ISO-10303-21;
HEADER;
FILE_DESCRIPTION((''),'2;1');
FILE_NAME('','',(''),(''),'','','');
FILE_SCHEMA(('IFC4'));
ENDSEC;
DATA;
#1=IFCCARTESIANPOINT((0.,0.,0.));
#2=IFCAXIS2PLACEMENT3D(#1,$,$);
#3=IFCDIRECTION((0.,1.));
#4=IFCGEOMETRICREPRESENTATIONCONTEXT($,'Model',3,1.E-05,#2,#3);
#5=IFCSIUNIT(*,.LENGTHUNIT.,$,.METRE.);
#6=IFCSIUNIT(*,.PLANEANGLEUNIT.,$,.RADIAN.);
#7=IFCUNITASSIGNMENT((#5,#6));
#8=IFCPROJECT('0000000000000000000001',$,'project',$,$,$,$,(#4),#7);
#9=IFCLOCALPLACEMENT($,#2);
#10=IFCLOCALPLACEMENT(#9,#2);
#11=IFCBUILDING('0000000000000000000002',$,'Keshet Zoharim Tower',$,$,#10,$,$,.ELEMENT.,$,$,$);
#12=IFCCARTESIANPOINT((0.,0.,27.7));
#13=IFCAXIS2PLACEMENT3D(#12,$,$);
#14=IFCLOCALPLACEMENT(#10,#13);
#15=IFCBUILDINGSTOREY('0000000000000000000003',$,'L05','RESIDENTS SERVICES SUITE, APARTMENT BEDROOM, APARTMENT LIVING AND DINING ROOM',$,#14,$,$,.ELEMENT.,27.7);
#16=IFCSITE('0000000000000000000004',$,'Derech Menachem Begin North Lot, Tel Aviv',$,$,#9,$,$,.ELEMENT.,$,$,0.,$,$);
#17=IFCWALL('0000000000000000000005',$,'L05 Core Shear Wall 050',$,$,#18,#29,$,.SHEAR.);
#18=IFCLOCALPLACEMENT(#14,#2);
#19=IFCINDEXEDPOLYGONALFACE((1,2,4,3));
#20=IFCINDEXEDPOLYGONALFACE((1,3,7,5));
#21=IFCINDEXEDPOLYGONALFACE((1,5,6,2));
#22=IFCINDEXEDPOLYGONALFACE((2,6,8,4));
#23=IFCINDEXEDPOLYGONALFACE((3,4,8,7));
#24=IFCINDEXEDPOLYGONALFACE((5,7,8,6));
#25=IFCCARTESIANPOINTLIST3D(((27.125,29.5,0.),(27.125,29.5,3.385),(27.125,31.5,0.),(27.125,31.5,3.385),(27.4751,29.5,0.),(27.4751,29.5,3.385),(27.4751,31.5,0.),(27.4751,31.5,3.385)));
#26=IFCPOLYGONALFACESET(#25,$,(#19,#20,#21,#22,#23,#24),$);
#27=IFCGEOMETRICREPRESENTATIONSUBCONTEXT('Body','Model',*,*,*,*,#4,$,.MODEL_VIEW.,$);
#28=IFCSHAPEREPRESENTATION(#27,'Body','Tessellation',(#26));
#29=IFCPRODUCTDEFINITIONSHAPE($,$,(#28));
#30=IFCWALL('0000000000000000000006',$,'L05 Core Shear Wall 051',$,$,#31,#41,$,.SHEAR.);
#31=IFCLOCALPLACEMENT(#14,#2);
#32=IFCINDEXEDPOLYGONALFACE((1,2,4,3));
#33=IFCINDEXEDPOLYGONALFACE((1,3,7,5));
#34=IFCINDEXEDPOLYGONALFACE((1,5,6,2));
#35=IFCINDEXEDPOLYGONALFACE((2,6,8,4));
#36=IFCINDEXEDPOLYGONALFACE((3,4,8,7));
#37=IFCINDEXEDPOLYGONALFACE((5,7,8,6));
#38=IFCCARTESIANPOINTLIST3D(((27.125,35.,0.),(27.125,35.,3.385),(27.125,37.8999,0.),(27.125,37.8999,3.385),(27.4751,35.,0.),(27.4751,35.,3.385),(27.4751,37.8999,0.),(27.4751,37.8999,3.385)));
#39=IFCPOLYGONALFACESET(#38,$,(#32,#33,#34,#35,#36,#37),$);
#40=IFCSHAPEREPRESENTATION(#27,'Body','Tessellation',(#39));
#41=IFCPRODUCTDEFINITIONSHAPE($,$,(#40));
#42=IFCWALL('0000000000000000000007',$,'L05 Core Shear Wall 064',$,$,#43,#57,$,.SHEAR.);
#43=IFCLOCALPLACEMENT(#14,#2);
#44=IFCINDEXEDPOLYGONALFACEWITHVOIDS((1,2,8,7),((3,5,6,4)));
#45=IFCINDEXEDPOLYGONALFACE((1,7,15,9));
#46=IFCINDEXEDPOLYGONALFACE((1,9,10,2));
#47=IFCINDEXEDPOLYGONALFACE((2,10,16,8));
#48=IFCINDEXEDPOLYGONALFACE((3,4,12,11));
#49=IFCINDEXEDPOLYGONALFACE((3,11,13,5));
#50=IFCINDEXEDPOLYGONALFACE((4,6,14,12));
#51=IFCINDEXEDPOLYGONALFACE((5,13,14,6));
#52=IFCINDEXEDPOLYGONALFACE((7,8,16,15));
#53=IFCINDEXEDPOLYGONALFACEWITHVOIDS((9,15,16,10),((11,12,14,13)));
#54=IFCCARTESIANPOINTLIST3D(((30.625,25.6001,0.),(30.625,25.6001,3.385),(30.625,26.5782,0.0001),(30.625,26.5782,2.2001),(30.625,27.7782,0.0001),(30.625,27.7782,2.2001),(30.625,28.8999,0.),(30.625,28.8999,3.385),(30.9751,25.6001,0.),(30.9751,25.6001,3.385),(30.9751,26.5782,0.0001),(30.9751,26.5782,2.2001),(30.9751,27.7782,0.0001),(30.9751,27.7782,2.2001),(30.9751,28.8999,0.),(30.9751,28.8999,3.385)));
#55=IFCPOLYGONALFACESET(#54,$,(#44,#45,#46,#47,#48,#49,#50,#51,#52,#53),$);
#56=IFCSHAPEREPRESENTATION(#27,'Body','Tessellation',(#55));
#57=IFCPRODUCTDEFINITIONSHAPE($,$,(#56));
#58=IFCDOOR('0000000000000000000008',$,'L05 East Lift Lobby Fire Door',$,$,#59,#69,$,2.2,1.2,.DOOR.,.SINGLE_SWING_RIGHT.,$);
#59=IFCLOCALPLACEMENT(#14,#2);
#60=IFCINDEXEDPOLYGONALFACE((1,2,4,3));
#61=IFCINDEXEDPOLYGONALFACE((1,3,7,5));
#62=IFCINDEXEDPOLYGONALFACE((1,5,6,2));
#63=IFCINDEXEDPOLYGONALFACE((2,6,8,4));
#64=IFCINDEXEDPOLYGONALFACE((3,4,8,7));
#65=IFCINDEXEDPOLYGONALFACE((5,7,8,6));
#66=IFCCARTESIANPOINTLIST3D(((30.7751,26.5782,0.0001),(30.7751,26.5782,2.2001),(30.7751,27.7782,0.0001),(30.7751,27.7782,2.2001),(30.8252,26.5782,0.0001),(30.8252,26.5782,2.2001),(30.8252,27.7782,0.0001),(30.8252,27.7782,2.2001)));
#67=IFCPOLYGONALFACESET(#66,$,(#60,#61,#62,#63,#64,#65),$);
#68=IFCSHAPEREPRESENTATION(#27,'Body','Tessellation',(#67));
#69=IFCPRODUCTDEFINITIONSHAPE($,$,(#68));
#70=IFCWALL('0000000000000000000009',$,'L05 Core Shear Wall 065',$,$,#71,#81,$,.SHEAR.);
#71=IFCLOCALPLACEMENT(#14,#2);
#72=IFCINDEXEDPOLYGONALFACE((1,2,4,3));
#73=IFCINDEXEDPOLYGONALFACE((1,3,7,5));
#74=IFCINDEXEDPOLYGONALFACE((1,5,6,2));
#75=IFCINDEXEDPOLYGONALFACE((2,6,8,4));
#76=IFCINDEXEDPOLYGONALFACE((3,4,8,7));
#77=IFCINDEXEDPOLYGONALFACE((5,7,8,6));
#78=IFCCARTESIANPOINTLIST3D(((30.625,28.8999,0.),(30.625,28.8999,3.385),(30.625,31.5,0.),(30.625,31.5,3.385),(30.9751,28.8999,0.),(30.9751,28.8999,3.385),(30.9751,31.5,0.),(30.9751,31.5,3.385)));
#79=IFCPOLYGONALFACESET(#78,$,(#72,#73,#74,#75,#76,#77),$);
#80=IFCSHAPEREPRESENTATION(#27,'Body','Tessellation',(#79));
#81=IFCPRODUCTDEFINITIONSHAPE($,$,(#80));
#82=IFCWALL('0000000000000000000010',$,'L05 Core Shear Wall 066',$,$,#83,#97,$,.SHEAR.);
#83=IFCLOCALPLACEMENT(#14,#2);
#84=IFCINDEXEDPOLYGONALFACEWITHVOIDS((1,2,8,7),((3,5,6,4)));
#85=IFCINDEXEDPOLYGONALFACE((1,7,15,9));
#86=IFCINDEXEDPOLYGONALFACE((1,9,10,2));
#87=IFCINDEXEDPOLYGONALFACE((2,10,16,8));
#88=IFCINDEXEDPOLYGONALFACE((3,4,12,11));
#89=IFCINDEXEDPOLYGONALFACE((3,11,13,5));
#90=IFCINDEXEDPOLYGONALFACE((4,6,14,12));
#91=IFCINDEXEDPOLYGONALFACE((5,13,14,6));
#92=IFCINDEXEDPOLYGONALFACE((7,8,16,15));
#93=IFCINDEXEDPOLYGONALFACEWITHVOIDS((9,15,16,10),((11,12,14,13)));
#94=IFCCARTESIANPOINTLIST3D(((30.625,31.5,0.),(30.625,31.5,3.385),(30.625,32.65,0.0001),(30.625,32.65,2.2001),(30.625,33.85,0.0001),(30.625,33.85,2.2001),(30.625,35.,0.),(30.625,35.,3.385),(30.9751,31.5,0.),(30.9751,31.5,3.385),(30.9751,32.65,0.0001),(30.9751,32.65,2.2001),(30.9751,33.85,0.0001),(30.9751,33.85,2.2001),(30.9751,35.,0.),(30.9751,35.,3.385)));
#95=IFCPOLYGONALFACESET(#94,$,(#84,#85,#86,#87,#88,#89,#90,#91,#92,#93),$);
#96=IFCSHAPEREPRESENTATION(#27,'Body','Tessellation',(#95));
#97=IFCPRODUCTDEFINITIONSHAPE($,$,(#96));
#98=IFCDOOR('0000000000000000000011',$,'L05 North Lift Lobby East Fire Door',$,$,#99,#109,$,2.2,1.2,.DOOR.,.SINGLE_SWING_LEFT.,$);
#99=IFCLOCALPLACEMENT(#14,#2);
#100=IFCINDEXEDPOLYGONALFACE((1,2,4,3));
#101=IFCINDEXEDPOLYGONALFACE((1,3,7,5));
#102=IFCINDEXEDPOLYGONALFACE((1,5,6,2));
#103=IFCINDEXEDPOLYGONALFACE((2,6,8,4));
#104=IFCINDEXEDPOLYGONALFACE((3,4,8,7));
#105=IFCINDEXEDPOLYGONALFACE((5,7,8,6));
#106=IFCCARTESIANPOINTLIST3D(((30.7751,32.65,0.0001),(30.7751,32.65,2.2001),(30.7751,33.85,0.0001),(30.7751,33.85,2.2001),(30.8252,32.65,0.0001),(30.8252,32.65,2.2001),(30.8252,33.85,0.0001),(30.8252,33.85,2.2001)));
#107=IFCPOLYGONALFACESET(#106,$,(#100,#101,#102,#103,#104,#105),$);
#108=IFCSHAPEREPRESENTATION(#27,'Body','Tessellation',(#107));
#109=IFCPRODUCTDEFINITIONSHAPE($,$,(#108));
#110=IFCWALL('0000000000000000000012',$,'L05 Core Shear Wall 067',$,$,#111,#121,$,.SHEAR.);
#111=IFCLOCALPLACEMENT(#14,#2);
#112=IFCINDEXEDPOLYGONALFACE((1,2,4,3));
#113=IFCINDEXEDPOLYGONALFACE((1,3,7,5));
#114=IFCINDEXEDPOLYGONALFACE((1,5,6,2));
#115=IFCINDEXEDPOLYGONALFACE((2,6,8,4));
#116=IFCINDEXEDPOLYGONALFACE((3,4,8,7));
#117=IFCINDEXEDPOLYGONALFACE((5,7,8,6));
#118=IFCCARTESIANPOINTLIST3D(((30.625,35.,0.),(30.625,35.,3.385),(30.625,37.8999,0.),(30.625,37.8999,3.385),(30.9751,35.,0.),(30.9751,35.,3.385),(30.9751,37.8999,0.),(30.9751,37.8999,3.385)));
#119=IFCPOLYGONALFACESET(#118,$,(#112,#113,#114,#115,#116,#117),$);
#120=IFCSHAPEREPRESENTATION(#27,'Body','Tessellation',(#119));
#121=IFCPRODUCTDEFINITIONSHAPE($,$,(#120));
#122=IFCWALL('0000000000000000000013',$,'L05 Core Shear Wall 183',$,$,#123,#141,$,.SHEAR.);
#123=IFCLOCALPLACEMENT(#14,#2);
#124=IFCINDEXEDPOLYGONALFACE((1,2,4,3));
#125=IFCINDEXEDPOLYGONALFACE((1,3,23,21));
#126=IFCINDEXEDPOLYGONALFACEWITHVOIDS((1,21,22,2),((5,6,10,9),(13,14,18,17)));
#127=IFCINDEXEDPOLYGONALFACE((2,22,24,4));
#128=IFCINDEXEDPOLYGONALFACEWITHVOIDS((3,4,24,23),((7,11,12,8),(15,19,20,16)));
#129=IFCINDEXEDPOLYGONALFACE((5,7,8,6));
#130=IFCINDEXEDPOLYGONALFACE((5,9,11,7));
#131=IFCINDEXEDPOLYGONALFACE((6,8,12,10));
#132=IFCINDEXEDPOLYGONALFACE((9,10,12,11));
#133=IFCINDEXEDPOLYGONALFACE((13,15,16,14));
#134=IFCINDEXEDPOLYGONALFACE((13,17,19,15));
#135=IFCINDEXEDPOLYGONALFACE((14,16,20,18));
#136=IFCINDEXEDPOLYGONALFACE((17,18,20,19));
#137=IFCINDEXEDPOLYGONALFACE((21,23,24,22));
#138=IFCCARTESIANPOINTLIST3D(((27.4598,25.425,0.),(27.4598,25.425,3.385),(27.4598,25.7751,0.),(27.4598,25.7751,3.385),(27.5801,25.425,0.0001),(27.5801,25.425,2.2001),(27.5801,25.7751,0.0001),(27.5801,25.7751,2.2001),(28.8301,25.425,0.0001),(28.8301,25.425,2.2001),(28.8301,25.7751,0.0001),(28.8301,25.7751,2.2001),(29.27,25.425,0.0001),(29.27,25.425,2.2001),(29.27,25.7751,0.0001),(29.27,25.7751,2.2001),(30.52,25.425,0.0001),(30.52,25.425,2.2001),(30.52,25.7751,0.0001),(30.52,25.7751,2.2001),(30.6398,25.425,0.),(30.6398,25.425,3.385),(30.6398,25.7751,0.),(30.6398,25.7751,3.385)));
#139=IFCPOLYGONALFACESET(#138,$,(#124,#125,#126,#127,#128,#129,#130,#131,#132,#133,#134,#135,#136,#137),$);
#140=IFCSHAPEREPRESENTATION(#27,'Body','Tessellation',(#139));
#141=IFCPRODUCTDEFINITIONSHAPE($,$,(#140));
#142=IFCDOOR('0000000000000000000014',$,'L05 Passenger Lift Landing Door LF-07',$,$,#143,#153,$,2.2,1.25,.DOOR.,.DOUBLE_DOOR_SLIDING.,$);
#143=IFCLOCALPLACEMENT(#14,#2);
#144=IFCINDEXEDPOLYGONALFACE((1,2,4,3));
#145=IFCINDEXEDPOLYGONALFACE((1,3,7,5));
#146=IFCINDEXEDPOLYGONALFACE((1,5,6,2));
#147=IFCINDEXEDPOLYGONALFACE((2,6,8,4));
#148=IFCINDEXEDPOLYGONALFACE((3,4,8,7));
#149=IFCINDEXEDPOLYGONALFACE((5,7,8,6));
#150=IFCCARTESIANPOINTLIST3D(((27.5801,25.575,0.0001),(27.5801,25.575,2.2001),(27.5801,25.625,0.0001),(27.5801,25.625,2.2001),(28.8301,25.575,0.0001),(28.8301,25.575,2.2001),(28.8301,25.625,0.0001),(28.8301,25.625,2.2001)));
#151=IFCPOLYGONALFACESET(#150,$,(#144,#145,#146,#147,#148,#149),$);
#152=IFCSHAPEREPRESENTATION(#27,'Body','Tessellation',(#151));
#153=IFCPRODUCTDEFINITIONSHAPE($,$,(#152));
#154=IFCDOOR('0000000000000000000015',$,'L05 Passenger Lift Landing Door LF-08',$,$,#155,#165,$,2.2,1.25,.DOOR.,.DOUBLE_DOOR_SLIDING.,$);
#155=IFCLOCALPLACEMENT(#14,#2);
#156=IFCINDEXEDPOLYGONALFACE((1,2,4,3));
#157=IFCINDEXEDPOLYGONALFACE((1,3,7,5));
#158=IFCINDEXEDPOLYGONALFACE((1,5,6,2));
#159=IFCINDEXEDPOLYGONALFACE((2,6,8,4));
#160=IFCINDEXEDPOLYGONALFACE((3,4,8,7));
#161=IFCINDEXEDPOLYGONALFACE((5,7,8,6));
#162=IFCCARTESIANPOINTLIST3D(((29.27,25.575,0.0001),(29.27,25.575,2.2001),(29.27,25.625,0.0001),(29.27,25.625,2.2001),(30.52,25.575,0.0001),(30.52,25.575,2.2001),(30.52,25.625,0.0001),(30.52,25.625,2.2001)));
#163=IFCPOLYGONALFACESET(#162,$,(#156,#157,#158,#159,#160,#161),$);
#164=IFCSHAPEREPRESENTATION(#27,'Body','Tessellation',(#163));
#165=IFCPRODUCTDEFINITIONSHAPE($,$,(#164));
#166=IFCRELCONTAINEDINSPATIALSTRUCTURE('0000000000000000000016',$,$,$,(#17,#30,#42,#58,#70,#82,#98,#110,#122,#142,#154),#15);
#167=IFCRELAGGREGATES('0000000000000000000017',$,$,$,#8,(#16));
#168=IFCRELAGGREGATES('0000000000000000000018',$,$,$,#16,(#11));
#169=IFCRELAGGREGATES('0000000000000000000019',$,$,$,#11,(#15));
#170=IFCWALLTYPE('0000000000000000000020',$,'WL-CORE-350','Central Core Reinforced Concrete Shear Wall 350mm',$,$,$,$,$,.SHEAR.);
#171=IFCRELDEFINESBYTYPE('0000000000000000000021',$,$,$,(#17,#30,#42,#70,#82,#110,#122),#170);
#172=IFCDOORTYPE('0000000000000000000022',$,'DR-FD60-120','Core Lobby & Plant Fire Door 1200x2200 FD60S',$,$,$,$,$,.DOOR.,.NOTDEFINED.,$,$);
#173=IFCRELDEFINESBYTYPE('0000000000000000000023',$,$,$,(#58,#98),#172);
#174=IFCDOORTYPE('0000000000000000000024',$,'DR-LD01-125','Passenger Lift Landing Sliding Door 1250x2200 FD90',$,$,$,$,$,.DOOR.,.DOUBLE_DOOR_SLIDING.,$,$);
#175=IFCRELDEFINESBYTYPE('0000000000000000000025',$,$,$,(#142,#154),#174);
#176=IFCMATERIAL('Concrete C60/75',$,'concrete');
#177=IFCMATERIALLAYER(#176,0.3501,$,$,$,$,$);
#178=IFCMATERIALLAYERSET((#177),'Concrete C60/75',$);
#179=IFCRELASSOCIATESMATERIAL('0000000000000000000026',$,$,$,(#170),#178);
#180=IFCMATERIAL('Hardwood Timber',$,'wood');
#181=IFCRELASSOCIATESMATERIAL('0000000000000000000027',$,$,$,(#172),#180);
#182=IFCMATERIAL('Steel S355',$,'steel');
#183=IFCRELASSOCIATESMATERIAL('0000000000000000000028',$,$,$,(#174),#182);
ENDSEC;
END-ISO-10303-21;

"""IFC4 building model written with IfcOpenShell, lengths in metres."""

from ifc_helpers import new_model, si_unit, direction, frame, frame_2d, origin, place, context, subcontext, project, spatial, rectangle, extrude, material, layer, layer_set, type_object, element, fill, save


model = new_model("IFC4")

# Units and contexts
model_context = context("Model", 3, precision=1e-05, world=origin(), true_north=direction((0.0, 1.0)))
body_context = subcontext(model_context, "Body", "Model", "MODEL_VIEW")
ifc_project = project(units=[si_unit("LENGTHUNIT", "METRE"), si_unit("PLANEANGLEUNIT", "RADIAN")], contexts=[model_context])

# Site, building, storey
site_placement = place(None, origin())
site = spatial("IfcSite", under=ifc_project, at=site_placement, Name="Derech Menachem Begin North Lot, Tel Aviv", CompositionType="ELEMENT", RefElevation=0.0)
building_placement = place(site_placement, origin())
building = spatial("IfcBuilding", under=site, at=building_placement, Name="Keshet Zoharim Tower", CompositionType="ELEMENT")
storey_placement = place(building_placement, frame((0.0, 0.0, 27.7)))
storey = spatial("IfcBuildingStorey", under=building, at=storey_placement, Name="L05", Description="RESIDENTS SERVICES SUITE, APARTMENT BEDROOM, APARTMENT LIVING AND DINING ROOM", CompositionType="ELEMENT", Elevation=27.7)

# Shared definitions
ifc_material_1 = material(Name="Concrete C60/75", Category="concrete")

# Shared definitions
ifc_material_2 = material(Name="Steel S355", Category="steel")

# Walls
ifc_layer_1 = layer(ifc_material_1, 0.3501)
ifc_layer_set_1 = layer_set([ifc_layer_1], Name="Concrete C60/75")
wall_type_1 = type_object("IfcWallType", Name="WL-CORE-350", Description="Central Core Reinforced Concrete Shear Wall 350mm", PredefinedType="SHEAR", material=ifc_layer_set_1)
wall_1_placement = place(storey_placement, frame((27.3, 29.5, 0.0), z_axis=(0.0, 0.0, 1.0), x_axis=(0.0, 1.0, 0.0)))
element("IfcWall", 1, at=wall_1_placement, inside=storey, type_object=wall_type_1, Name="L05 Core Shear Wall 050", PredefinedType="SHEAR", context=body_context, shape_type="SweptSolid", body=[
    extrude(rectangle(XDim=2.0, YDim=0.3501, at=frame_2d((1.0, 0.0))), origin(), (0.0, 0.0, 1.0), 3.385),
])
wall_2_placement = place(storey_placement, frame((27.3, 35.0, 0.0), z_axis=(0.0, 0.0, 1.0), x_axis=(0.0, 1.0, 0.0)))
element("IfcWall", 2, at=wall_2_placement, inside=storey, type_object=wall_type_1, Name="L05 Core Shear Wall 051", PredefinedType="SHEAR", context=body_context, shape_type="SweptSolid", body=[
    extrude(rectangle(XDim=2.8999, YDim=0.3501, at=frame_2d((1.45, 0.0))), origin(), (0.0, 0.0, 1.0), 3.385),
])

# Wall, opening, door
wall_3_placement = place(storey_placement, frame((30.8, 25.6001, 0.0), z_axis=(0.0, 0.0, 1.0), x_axis=(0.0, 1.0, 0.0)))
wall_3 = element("IfcWall", 3, at=wall_3_placement, inside=storey, type_object=wall_type_1, Name="L05 Core Shear Wall 064", PredefinedType="SHEAR", context=body_context, shape_type="SweptSolid", body=[
    extrude(rectangle(XDim=3.2998, YDim=0.3501, at=frame_2d((1.6499, 0.0))), origin(), (0.0, 0.0, 1.0), 3.385),
])
opening_1_placement = place(wall_3_placement, frame((0.978, 0.0, 0.0)))
opening_1 = element("IfcOpeningElement", 4, at=opening_1_placement, cuts=wall_3, PredefinedType="OPENING", context=body_context, shape_type="SweptSolid", body=[
    extrude(rectangle(XDim=1.2, YDim=2.2, at=frame_2d((0.6001, 1.1001))), frame((0.0, 0.1851, 0.0), z_axis=(0.0, -1.0, 0.0), x_axis=(1.0, 0.0, 0.0)), (0.0, 0.0, 1.0), 0.3701),
])
ifc_material_3 = material(Name="Hardwood Timber", Category="wood")
door_type_1 = type_object("IfcDoorType", Name="DR-FD60-120", Description="Core Lobby & Plant Fire Door 1200x2200 FD60S", OperationType="NOTDEFINED", PredefinedType="DOOR", material=ifc_material_3)
door_1_placement = place(opening_1_placement, origin())
door_1 = element("IfcDoor", 5, at=door_1_placement, inside=storey, type_object=door_type_1, Name="L05 East Lift Lobby Fire Door", OperationType="SINGLE_SWING_RIGHT", OverallHeight=2.2, OverallWidth=1.2, PredefinedType="DOOR", context=body_context, shape_type="SweptSolid", body=[
    extrude(rectangle(XDim=1.2, YDim=2.2, at=frame_2d((0.6001, 1.1001))), frame((0.0, 0.0249, 0.0), z_axis=(0.0, -1.0, 0.0), x_axis=(1.0, 0.0, 0.0)), (0.0, 0.0, 1.0), 0.05),
])
fill(opening_1, door_1)

# Wall
wall_4_placement = place(storey_placement, frame((30.8, 28.8999, 0.0), z_axis=(0.0, 0.0, 1.0), x_axis=(0.0, 1.0, 0.0)))
element("IfcWall", 6, at=wall_4_placement, inside=storey, type_object=wall_type_1, Name="L05 Core Shear Wall 065", PredefinedType="SHEAR", context=body_context, shape_type="SweptSolid", body=[
    extrude(rectangle(XDim=2.6001, YDim=0.3501, at=frame_2d((1.3, 0.0))), origin(), (0.0, 0.0, 1.0), 3.385),
])

# Wall, opening, door
wall_5_placement = place(storey_placement, frame((30.8, 31.5, 0.0), z_axis=(0.0, 0.0, 1.0), x_axis=(0.0, 1.0, 0.0)))
wall_5 = element("IfcWall", 7, at=wall_5_placement, inside=storey, type_object=wall_type_1, Name="L05 Core Shear Wall 066", PredefinedType="SHEAR", context=body_context, shape_type="SweptSolid", body=[
    extrude(rectangle(XDim=3.5, YDim=0.3501, at=frame_2d((1.75, 0.0))), origin(), (0.0, 0.0, 1.0), 3.385),
])
opening_2_placement = place(wall_5_placement, frame((1.1499, 0.0, 0.0)))
opening_2 = element("IfcOpeningElement", 8, at=opening_2_placement, cuts=wall_5, PredefinedType="OPENING", context=body_context, shape_type="SweptSolid", body=[
    extrude(rectangle(XDim=1.2, YDim=2.2, at=frame_2d((0.6001, 1.1001))), frame((0.0, 0.1851, 0.0), z_axis=(0.0, -1.0, 0.0), x_axis=(1.0, 0.0, 0.0)), (0.0, 0.0, 1.0), 0.3701),
])
door_2_placement = place(opening_2_placement, origin())
door_2 = element("IfcDoor", 9, at=door_2_placement, inside=storey, type_object=door_type_1, Name="L05 North Lift Lobby East Fire Door", OperationType="SINGLE_SWING_LEFT", OverallHeight=2.2, OverallWidth=1.2, PredefinedType="DOOR", context=body_context, shape_type="SweptSolid", body=[
    extrude(rectangle(XDim=1.2, YDim=2.2, at=frame_2d((0.6001, 1.1001))), frame((0.0, 0.0249, 0.0), z_axis=(0.0, -1.0, 0.0), x_axis=(1.0, 0.0, 0.0)), (0.0, 0.0, 1.0), 0.05),
])
fill(opening_2, door_2)

# Wall
wall_6_placement = place(storey_placement, frame((30.8, 35.0, 0.0), z_axis=(0.0, 0.0, 1.0), x_axis=(0.0, 1.0, 0.0)))
element("IfcWall", 10, at=wall_6_placement, inside=storey, type_object=wall_type_1, Name="L05 Core Shear Wall 067", PredefinedType="SHEAR", context=body_context, shape_type="SweptSolid", body=[
    extrude(rectangle(XDim=2.8999, YDim=0.3501, at=frame_2d((1.45, 0.0))), origin(), (0.0, 0.0, 1.0), 3.385),
])

# Wall, openings, doors
wall_7_placement = place(storey_placement, frame((27.46, 25.6001, 0.0), z_axis=(0.0, 0.0, 1.0), x_axis=(1.0, 0.0, 0.0)))
wall_7 = element("IfcWall", 11, at=wall_7_placement, inside=storey, type_object=wall_type_1, Name="L05 Core Shear Wall 183", PredefinedType="SHEAR", context=body_context, shape_type="SweptSolid", body=[
    extrude(rectangle(XDim=3.1799, YDim=0.3501, at=frame_2d((1.5898, 0.0))), origin(), (0.0, 0.0, 1.0), 3.385),
])
opening_3_placement = place(wall_7_placement, frame((0.1201, 0.0, 0.0)))
opening_3 = element("IfcOpeningElement", 12, at=opening_3_placement, cuts=wall_7, PredefinedType="OPENING", context=body_context, shape_type="SweptSolid", body=[
    extrude(rectangle(XDim=1.25, YDim=2.2, at=frame_2d((0.625, 1.1001))), frame((0.0, 0.1851, 0.0), z_axis=(0.0, -1.0, 0.0), x_axis=(1.0, 0.0, 0.0)), (0.0, 0.0, 1.0), 0.3701),
])
opening_4_placement = place(wall_7_placement, frame((1.8101, 0.0, 0.0)))
opening_4 = element("IfcOpeningElement", 13, at=opening_4_placement, cuts=wall_7, PredefinedType="OPENING", context=body_context, shape_type="SweptSolid", body=[
    extrude(rectangle(XDim=1.25, YDim=2.2, at=frame_2d((0.625, 1.1001))), frame((0.0, 0.1851, 0.0), z_axis=(0.0, -1.0, 0.0), x_axis=(1.0, 0.0, 0.0)), (0.0, 0.0, 1.0), 0.3701),
])
door_type_2 = type_object("IfcDoorType", Name="DR-LD01-125", Description="Passenger Lift Landing Sliding Door 1250x2200 FD90", OperationType="DOUBLE_DOOR_SLIDING", PredefinedType="DOOR", material=ifc_material_2)
door_3_placement = place(opening_3_placement, origin())
door_3 = element("IfcDoor", 14, at=door_3_placement, inside=storey, type_object=door_type_2, Name="L05 Passenger Lift Landing Door LF-07", OperationType="DOUBLE_DOOR_SLIDING", OverallHeight=2.2, OverallWidth=1.25, PredefinedType="DOOR", context=body_context, shape_type="SweptSolid", body=[
    extrude(rectangle(XDim=1.25, YDim=2.2, at=frame_2d((0.625, 1.1001))), frame((0.0, 0.0249, 0.0), z_axis=(0.0, -1.0, 0.0), x_axis=(1.0, 0.0, 0.0)), (0.0, 0.0, 1.0), 0.05),
])
fill(opening_3, door_3)
door_4_placement = place(opening_4_placement, origin())
door_4 = element("IfcDoor", 15, at=door_4_placement, inside=storey, type_object=door_type_2, Name="L05 Passenger Lift Landing Door LF-08", OperationType="DOUBLE_DOOR_SLIDING", OverallHeight=2.2, OverallWidth=1.25, PredefinedType="DOOR", context=body_context, shape_type="SweptSolid", body=[
    extrude(rectangle(XDim=1.25, YDim=2.2, at=frame_2d((0.625, 1.1001))), frame((0.0, 0.0249, 0.0), z_axis=(0.0, -1.0, 0.0), x_axis=(1.0, 0.0, 0.0)), (0.0, 0.0, 1.0), 0.05),
])
fill(opening_4, door_4)

save(model, "model.ifc")
